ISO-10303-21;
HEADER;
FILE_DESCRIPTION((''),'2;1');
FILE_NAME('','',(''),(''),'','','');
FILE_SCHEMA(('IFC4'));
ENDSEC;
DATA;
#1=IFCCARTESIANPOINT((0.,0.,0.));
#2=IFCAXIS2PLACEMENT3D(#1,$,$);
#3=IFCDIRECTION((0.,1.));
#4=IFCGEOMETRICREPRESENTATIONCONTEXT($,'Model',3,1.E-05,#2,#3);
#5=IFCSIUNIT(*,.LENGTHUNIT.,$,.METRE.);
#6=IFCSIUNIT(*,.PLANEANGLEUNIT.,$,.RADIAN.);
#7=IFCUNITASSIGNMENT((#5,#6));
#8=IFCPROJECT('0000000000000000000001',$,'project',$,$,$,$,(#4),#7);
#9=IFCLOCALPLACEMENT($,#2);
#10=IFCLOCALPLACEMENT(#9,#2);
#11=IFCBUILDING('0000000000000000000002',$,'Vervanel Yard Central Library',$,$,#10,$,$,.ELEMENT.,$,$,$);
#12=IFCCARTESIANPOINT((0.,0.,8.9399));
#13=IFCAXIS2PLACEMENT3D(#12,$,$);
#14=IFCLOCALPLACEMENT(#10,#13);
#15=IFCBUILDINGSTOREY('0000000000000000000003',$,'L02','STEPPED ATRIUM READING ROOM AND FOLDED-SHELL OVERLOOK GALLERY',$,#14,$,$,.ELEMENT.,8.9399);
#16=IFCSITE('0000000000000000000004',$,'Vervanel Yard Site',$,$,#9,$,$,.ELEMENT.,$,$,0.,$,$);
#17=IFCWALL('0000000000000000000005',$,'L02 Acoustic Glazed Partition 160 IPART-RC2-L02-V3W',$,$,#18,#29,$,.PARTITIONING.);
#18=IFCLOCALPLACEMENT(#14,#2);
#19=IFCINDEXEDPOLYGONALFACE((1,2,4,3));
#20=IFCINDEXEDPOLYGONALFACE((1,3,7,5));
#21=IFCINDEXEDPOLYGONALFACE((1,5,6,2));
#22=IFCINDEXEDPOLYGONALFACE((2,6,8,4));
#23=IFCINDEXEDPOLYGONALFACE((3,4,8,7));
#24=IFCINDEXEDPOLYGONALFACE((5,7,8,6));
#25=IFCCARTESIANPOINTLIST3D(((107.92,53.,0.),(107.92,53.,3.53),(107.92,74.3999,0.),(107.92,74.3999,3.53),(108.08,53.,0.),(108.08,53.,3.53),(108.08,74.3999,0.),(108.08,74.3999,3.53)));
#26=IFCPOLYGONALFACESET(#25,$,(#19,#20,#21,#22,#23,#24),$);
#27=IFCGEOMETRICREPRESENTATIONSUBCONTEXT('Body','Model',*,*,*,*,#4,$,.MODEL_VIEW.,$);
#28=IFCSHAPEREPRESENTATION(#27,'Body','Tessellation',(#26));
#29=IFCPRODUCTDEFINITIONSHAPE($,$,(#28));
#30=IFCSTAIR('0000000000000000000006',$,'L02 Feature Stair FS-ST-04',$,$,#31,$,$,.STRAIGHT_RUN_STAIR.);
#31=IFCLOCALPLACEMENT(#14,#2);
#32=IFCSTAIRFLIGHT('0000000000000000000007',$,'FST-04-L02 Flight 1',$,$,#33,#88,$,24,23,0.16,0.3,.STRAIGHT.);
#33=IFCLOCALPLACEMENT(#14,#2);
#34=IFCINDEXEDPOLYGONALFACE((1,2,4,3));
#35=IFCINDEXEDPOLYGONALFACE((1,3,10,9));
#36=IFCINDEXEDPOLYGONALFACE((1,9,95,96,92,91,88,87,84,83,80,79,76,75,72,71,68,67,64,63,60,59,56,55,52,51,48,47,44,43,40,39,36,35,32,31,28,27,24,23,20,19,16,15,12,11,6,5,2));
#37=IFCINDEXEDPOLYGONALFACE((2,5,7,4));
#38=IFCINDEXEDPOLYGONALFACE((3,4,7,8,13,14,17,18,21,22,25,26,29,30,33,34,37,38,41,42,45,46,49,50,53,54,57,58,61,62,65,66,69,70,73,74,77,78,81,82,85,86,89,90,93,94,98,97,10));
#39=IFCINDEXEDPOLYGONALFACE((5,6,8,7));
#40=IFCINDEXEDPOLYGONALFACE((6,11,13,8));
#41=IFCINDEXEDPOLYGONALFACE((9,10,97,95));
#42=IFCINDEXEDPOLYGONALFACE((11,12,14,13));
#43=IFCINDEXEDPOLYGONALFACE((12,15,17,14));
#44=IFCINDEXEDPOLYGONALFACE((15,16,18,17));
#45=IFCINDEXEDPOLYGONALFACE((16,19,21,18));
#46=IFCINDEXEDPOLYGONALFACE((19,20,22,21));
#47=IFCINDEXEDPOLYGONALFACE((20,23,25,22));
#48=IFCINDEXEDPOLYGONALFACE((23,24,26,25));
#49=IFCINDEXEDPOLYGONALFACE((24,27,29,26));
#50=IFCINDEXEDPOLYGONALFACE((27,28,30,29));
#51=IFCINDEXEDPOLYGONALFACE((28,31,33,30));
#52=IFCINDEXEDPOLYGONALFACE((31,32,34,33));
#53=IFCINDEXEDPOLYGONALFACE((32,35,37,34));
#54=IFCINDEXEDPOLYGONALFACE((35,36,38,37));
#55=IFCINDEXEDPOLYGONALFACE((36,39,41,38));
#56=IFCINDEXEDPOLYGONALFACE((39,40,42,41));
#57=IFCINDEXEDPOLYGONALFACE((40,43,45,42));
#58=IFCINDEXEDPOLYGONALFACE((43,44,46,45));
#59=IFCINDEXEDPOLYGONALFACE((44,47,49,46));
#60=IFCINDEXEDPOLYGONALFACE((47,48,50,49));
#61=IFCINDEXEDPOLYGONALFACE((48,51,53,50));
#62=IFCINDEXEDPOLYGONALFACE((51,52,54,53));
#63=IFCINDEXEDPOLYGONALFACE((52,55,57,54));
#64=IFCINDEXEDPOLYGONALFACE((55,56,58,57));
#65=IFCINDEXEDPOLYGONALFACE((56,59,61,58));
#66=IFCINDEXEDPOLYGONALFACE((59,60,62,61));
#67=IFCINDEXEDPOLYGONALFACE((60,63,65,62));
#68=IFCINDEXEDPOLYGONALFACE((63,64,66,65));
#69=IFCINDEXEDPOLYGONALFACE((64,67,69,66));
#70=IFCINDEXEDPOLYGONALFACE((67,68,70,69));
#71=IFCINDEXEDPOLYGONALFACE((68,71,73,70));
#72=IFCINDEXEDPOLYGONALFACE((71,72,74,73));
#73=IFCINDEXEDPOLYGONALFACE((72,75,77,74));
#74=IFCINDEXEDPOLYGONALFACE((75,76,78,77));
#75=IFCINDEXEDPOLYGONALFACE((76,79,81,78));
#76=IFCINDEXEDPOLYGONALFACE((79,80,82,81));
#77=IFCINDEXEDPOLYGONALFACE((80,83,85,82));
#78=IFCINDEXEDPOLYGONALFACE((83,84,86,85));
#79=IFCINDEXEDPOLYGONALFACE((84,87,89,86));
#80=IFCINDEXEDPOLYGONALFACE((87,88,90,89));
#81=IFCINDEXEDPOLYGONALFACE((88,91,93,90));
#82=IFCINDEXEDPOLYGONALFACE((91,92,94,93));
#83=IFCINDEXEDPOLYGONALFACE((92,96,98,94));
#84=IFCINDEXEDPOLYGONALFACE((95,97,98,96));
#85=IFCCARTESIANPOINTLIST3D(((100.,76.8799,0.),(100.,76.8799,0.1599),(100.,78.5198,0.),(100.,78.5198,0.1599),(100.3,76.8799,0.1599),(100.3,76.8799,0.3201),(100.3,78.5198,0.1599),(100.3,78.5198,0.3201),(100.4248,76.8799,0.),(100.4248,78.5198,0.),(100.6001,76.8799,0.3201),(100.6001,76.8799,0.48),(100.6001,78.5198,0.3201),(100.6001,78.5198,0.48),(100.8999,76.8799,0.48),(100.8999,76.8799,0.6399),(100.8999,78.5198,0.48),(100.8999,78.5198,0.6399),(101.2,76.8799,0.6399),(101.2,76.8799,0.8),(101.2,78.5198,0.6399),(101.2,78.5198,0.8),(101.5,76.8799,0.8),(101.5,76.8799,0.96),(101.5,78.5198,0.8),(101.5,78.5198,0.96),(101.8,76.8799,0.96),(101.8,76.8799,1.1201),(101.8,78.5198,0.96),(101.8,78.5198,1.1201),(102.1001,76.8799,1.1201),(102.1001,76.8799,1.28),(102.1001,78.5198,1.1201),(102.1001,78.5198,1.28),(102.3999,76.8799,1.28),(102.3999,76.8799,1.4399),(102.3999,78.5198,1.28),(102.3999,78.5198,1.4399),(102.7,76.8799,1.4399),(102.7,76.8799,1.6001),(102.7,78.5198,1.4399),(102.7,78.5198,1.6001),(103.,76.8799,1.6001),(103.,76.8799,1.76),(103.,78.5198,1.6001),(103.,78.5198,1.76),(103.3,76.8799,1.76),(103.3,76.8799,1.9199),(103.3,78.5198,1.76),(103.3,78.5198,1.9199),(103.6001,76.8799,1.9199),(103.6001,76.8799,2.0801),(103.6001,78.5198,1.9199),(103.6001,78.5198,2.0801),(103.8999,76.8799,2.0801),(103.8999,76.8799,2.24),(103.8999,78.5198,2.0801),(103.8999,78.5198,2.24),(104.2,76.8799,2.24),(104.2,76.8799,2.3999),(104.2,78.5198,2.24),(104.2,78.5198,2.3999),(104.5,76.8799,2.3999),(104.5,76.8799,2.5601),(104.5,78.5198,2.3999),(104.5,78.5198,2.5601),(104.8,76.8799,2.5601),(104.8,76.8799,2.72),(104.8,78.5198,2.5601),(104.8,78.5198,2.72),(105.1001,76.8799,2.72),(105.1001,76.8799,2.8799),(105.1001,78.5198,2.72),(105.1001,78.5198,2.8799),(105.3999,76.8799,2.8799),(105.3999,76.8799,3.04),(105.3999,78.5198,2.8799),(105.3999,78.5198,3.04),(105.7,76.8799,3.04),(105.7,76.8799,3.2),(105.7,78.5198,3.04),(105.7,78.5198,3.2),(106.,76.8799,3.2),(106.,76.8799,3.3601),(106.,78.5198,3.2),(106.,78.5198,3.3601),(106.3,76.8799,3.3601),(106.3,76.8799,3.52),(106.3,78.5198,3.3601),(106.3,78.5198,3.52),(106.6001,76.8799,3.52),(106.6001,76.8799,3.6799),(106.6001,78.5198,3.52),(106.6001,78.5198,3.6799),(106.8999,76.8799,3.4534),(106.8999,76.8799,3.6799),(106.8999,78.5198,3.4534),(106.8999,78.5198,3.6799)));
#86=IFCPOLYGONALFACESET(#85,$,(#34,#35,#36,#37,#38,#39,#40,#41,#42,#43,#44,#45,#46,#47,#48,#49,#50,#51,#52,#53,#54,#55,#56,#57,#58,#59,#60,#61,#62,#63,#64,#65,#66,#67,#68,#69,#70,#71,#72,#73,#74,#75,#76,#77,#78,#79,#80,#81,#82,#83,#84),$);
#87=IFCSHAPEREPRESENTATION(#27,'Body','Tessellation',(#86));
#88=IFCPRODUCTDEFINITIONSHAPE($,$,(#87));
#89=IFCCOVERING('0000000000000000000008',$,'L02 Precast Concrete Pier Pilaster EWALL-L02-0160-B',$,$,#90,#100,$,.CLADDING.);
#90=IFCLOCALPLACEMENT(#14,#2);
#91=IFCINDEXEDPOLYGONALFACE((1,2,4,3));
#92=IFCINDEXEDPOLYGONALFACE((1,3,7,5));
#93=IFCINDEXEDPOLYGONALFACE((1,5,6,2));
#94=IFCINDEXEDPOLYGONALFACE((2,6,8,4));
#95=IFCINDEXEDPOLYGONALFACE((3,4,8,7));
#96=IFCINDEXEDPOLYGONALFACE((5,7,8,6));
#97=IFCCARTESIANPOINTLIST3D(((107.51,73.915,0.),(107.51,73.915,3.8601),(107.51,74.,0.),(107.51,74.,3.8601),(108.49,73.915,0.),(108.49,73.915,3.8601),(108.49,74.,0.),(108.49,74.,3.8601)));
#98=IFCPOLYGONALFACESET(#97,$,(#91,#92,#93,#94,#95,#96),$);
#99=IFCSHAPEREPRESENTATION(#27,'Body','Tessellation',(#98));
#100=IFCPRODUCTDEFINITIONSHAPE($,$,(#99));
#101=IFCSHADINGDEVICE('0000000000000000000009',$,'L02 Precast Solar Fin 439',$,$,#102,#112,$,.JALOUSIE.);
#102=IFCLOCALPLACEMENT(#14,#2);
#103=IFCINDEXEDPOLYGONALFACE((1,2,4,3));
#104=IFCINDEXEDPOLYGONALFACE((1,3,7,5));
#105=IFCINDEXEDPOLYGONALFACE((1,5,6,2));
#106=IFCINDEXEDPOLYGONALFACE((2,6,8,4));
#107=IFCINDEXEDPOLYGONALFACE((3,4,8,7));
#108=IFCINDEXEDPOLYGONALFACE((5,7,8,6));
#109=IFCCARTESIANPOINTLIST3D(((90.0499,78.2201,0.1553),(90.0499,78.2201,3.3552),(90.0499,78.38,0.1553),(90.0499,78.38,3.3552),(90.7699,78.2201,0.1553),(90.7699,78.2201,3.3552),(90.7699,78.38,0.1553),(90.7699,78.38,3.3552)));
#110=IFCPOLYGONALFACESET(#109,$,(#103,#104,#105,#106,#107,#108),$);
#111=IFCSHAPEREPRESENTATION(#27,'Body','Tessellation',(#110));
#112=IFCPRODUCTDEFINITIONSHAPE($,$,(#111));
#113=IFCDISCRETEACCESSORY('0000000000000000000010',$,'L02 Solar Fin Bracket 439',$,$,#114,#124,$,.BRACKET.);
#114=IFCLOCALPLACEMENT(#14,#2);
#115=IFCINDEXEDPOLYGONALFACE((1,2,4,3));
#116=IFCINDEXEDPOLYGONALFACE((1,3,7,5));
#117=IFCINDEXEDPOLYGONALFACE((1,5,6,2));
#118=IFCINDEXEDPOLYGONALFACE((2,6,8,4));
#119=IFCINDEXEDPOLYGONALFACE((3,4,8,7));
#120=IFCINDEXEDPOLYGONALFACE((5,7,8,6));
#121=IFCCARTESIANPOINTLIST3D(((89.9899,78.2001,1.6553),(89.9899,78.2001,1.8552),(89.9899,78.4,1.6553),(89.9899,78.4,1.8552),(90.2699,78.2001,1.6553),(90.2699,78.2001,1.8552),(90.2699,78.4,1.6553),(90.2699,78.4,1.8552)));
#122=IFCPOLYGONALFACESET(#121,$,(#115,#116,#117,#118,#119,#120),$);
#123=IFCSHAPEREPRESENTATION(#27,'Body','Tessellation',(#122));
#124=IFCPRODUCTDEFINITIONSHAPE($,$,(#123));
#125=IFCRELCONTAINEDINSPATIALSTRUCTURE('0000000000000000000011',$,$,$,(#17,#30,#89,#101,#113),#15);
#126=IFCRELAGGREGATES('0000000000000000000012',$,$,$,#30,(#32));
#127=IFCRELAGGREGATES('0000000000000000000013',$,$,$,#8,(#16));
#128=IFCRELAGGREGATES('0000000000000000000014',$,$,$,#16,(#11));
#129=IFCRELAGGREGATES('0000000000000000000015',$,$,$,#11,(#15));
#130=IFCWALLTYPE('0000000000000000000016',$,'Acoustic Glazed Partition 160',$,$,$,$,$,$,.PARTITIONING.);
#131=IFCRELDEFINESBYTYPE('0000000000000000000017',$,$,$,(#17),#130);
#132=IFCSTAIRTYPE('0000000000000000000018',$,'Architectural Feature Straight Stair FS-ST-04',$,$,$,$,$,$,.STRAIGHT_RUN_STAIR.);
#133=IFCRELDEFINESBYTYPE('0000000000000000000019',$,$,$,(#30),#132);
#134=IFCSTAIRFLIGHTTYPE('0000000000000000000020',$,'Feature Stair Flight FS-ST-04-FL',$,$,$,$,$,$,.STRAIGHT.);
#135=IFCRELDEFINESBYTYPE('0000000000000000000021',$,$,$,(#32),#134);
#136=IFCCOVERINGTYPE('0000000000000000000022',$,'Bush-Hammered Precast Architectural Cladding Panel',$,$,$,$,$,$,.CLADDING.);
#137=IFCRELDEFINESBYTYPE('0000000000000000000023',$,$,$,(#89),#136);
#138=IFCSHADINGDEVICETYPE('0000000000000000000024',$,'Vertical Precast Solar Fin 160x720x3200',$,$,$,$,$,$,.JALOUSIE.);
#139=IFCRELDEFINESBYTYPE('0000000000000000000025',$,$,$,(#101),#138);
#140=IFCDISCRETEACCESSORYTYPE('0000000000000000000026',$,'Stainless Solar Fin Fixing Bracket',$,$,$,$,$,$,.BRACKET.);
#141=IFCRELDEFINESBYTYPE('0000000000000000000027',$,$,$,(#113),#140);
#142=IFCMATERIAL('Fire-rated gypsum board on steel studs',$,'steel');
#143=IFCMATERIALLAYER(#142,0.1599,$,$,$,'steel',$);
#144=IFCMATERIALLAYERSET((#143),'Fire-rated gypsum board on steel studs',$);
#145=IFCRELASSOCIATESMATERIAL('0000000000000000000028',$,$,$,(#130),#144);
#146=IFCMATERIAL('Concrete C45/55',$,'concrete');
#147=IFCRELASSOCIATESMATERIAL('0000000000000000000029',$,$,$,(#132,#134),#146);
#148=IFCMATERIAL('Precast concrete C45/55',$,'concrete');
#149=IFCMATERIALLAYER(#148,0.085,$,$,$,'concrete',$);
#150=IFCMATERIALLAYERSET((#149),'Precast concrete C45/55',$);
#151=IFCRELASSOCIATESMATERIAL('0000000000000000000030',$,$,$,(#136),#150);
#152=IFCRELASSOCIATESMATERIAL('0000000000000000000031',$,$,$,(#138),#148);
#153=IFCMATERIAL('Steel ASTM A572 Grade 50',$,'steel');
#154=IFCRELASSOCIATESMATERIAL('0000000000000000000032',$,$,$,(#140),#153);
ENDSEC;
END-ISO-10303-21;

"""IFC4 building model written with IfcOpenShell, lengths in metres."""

from ifc_helpers import new_model, si_unit, direction, frame, frame_2d, origin, origin_2d, place, context, subcontext, project, spatial, polyline, rectangle, outline, extrude, material, layer, layer_set, type_object, element, aggregate, save


model = new_model("IFC4")

# Units and contexts
model_context = context("Model", 3, precision=1e-05, world=origin(), true_north=direction((0.0, 1.0)))
body_context = subcontext(model_context, "Body", "Model", "MODEL_VIEW")
ifc_project = project(units=[si_unit("LENGTHUNIT", "METRE"), si_unit("PLANEANGLEUNIT", "RADIAN")], contexts=[model_context])

# Site, building, storey
site_placement = place(None, origin())
site = spatial("IfcSite", under=ifc_project, at=site_placement, Name="Vervanel Yard Site", CompositionType="ELEMENT", RefElevation=0.0)
building_placement = place(site_placement, origin())
building = spatial("IfcBuilding", under=site, at=building_placement, Name="Vervanel Yard Central Library", CompositionType="ELEMENT")
storey_placement = place(building_placement, frame((0.0, 0.0, 8.9399)))
storey = spatial("IfcBuildingStorey", under=building, at=storey_placement, Name="L02", Description="STEPPED ATRIUM READING ROOM AND FOLDED-SHELL OVERLOOK GALLERY", CompositionType="ELEMENT", Elevation=8.9399)

# Shared definitions
ifc_material_1 = material(Name="Concrete C45/55", Category="concrete")

# Wall
ifc_material_2 = material(Name="Fire-rated gypsum board on steel studs", Category="steel")
ifc_layer_1 = layer(ifc_material_2, 0.1599, Category="steel")
ifc_layer_set_1 = layer_set([ifc_layer_1], Name="Fire-rated gypsum board on steel studs")
wall_type = type_object("IfcWallType", Name="Acoustic Glazed Partition 160", PredefinedType="PARTITIONING", material=ifc_layer_set_1)
wall_placement = place(storey_placement, frame((108.0, 53.0, 0.0), z_axis=(0.0, 0.0, 1.0), x_axis=(0.0, 1.0, 0.0)))
element("IfcWall", 1, at=wall_placement, inside=storey, type_object=wall_type, Name="L02 Acoustic Glazed Partition 160 IPART-RC2-L02-V3W", PredefinedType="PARTITIONING", context=body_context, shape_type="SweptSolid", body=[
    extrude(rectangle(XDim=21.3999, YDim=0.1599, at=frame_2d((10.7, 0.0))), origin(), (0.0, 0.0, 1.0), 3.53),
])

# Stair, stair flight
stair_type = type_object("IfcStairType", Name="Architectural Feature Straight Stair FS-ST-04", PredefinedType="STRAIGHT_RUN_STAIR", material=ifc_material_1)
stair_placement = place(storey_placement, origin())
stair = element("IfcStair", 2, at=stair_placement, inside=storey, type_object=stair_type, Name="L02 Feature Stair FS-ST-04", PredefinedType="STRAIGHT_RUN_STAIR")
stair_flight_type = type_object("IfcStairFlightType", Name="Feature Stair Flight FS-ST-04-FL", PredefinedType="STRAIGHT", material=ifc_material_1)
stair_flight_placement = place(storey_placement, frame((100.0, 77.7, 0.0), z_axis=(0.0, 0.0, 1.0), x_axis=(1.0, 0.0, 0.0)))
stair_flight = element("IfcStairFlight", 3, at=stair_flight_placement, type_object=stair_flight_type, Name="FST-04-L02 Flight 1", NumberOfRisers=24, NumberOfTreads=23, PredefinedType="STRAIGHT", RiserHeight=0.16, TreadLength=0.3, context=body_context, shape_type="SweptSolid", body=[
    extrude(outline(polyline([(0.0, 0.0), (0.0, 0.1599), (0.3, 0.1599), (0.3, 0.3201), (0.6001, 0.3201), (0.6001, 0.48), (0.8999, 0.48), (0.8999, 0.6399), (1.2, 0.6399), (1.2, 0.8), (1.5, 0.8), (1.5, 0.96), (1.8, 0.96), (1.8, 1.1201), (2.1001, 1.1201), (2.1001, 1.28), (2.3999, 1.28), (2.3999, 1.4399), (2.7, 1.4399), (2.7, 1.6001), (3.0, 1.6001), (3.0, 1.76), (3.3, 1.76), (3.3, 1.9199), (3.6001, 1.9199), (3.6001, 2.0801), (3.8999, 2.0801), (3.8999, 2.24), (4.2, 2.24), (4.2, 2.3999), (4.5, 2.3999), (4.5, 2.5601), (4.8, 2.5601), (4.8, 2.72), (5.1001, 2.72), (5.1001, 2.8799), (5.3999, 2.8799), (5.3999, 3.04), (5.7, 3.04), (5.7, 3.2), (6.0, 3.2), (6.0, 3.3601), (6.3, 3.3601), (6.3, 3.52), (6.6001, 3.52), (6.6001, 3.6799), (6.8999, 3.6799), (6.8999, 3.8401), (6.8999, 3.4534), (0.4248, 0.0), (0.0, 0.0)])), frame((0.0, 0.8198, 0.0), z_axis=(0.0, -1.0, 0.0), x_axis=(1.0, 0.0, 0.0)), (0.0, 0.0, 1.0), 1.6399),
])
aggregate(stair, [stair_flight])

# Covering
ifc_material_3 = material(Name="Precast concrete C45/55", Category="concrete")
ifc_layer_2 = layer(ifc_material_3, 0.085, Category="concrete")
ifc_layer_set_2 = layer_set([ifc_layer_2], Name="Precast concrete C45/55")
covering_type = type_object("IfcCoveringType", Name="Bush-Hammered Precast Architectural Cladding Panel", PredefinedType="CLADDING", material=ifc_layer_set_2)
covering_placement = place(storey_placement, frame((108.0, 73.9575, 0.0), z_axis=(0.0, 0.0, 1.0), x_axis=(1.0, 0.0, 0.0)))
element("IfcCovering", 4, at=covering_placement, inside=storey, type_object=covering_type, Name="L02 Precast Concrete Pier Pilaster EWALL-L02-0160-B", PredefinedType="CLADDING", context=body_context, shape_type="SweptSolid", body=[
    extrude(rectangle(XDim=0.98, YDim=0.085, at=origin_2d()), origin(), (0.0, 0.0, 1.0), 3.8601),
])

# Shading device
shading_device_type = type_object("IfcShadingDeviceType", Name="Vertical Precast Solar Fin 160x720x3200", PredefinedType="JALOUSIE", material=ifc_material_3)
shading_device_placement = place(storey_placement, frame((90.4099, 78.3, 0.1553), z_axis=(0.0, 0.0, 1.0), x_axis=(0.0, 1.0, 0.0)))
element("IfcShadingDevice", 5, at=shading_device_placement, inside=storey, type_object=shading_device_type, Name="L02 Precast Solar Fin 439", PredefinedType="JALOUSIE", context=body_context, shape_type="SweptSolid", body=[
    extrude(rectangle(XDim=0.1599, YDim=0.72, at=origin_2d()), origin(), (0.0, 0.0, 1.0), 3.2),
])

# Discrete accessory
ifc_material_4 = material(Name="Steel ASTM A572 Grade 50", Category="steel")
discrete_accessory_type = type_object("IfcDiscreteAccessoryType", Name="Stainless Solar Fin Fixing Bracket", PredefinedType="BRACKET", material=ifc_material_4)
discrete_accessory_placement = place(storey_placement, frame((90.1299, 78.3, 1.6553), z_axis=(0.0, 0.0, 1.0), x_axis=(0.0, 1.0, 0.0)))
element("IfcDiscreteAccessory", 6, at=discrete_accessory_placement, inside=storey, type_object=discrete_accessory_type, Name="L02 Solar Fin Bracket 439", PredefinedType="BRACKET", context=body_context, shape_type="SweptSolid", body=[
    extrude(rectangle(XDim=0.2, YDim=0.28, at=origin_2d()), origin(), (0.0, 0.0, 1.0), 0.2),
])

save(model, "model.ifc")
